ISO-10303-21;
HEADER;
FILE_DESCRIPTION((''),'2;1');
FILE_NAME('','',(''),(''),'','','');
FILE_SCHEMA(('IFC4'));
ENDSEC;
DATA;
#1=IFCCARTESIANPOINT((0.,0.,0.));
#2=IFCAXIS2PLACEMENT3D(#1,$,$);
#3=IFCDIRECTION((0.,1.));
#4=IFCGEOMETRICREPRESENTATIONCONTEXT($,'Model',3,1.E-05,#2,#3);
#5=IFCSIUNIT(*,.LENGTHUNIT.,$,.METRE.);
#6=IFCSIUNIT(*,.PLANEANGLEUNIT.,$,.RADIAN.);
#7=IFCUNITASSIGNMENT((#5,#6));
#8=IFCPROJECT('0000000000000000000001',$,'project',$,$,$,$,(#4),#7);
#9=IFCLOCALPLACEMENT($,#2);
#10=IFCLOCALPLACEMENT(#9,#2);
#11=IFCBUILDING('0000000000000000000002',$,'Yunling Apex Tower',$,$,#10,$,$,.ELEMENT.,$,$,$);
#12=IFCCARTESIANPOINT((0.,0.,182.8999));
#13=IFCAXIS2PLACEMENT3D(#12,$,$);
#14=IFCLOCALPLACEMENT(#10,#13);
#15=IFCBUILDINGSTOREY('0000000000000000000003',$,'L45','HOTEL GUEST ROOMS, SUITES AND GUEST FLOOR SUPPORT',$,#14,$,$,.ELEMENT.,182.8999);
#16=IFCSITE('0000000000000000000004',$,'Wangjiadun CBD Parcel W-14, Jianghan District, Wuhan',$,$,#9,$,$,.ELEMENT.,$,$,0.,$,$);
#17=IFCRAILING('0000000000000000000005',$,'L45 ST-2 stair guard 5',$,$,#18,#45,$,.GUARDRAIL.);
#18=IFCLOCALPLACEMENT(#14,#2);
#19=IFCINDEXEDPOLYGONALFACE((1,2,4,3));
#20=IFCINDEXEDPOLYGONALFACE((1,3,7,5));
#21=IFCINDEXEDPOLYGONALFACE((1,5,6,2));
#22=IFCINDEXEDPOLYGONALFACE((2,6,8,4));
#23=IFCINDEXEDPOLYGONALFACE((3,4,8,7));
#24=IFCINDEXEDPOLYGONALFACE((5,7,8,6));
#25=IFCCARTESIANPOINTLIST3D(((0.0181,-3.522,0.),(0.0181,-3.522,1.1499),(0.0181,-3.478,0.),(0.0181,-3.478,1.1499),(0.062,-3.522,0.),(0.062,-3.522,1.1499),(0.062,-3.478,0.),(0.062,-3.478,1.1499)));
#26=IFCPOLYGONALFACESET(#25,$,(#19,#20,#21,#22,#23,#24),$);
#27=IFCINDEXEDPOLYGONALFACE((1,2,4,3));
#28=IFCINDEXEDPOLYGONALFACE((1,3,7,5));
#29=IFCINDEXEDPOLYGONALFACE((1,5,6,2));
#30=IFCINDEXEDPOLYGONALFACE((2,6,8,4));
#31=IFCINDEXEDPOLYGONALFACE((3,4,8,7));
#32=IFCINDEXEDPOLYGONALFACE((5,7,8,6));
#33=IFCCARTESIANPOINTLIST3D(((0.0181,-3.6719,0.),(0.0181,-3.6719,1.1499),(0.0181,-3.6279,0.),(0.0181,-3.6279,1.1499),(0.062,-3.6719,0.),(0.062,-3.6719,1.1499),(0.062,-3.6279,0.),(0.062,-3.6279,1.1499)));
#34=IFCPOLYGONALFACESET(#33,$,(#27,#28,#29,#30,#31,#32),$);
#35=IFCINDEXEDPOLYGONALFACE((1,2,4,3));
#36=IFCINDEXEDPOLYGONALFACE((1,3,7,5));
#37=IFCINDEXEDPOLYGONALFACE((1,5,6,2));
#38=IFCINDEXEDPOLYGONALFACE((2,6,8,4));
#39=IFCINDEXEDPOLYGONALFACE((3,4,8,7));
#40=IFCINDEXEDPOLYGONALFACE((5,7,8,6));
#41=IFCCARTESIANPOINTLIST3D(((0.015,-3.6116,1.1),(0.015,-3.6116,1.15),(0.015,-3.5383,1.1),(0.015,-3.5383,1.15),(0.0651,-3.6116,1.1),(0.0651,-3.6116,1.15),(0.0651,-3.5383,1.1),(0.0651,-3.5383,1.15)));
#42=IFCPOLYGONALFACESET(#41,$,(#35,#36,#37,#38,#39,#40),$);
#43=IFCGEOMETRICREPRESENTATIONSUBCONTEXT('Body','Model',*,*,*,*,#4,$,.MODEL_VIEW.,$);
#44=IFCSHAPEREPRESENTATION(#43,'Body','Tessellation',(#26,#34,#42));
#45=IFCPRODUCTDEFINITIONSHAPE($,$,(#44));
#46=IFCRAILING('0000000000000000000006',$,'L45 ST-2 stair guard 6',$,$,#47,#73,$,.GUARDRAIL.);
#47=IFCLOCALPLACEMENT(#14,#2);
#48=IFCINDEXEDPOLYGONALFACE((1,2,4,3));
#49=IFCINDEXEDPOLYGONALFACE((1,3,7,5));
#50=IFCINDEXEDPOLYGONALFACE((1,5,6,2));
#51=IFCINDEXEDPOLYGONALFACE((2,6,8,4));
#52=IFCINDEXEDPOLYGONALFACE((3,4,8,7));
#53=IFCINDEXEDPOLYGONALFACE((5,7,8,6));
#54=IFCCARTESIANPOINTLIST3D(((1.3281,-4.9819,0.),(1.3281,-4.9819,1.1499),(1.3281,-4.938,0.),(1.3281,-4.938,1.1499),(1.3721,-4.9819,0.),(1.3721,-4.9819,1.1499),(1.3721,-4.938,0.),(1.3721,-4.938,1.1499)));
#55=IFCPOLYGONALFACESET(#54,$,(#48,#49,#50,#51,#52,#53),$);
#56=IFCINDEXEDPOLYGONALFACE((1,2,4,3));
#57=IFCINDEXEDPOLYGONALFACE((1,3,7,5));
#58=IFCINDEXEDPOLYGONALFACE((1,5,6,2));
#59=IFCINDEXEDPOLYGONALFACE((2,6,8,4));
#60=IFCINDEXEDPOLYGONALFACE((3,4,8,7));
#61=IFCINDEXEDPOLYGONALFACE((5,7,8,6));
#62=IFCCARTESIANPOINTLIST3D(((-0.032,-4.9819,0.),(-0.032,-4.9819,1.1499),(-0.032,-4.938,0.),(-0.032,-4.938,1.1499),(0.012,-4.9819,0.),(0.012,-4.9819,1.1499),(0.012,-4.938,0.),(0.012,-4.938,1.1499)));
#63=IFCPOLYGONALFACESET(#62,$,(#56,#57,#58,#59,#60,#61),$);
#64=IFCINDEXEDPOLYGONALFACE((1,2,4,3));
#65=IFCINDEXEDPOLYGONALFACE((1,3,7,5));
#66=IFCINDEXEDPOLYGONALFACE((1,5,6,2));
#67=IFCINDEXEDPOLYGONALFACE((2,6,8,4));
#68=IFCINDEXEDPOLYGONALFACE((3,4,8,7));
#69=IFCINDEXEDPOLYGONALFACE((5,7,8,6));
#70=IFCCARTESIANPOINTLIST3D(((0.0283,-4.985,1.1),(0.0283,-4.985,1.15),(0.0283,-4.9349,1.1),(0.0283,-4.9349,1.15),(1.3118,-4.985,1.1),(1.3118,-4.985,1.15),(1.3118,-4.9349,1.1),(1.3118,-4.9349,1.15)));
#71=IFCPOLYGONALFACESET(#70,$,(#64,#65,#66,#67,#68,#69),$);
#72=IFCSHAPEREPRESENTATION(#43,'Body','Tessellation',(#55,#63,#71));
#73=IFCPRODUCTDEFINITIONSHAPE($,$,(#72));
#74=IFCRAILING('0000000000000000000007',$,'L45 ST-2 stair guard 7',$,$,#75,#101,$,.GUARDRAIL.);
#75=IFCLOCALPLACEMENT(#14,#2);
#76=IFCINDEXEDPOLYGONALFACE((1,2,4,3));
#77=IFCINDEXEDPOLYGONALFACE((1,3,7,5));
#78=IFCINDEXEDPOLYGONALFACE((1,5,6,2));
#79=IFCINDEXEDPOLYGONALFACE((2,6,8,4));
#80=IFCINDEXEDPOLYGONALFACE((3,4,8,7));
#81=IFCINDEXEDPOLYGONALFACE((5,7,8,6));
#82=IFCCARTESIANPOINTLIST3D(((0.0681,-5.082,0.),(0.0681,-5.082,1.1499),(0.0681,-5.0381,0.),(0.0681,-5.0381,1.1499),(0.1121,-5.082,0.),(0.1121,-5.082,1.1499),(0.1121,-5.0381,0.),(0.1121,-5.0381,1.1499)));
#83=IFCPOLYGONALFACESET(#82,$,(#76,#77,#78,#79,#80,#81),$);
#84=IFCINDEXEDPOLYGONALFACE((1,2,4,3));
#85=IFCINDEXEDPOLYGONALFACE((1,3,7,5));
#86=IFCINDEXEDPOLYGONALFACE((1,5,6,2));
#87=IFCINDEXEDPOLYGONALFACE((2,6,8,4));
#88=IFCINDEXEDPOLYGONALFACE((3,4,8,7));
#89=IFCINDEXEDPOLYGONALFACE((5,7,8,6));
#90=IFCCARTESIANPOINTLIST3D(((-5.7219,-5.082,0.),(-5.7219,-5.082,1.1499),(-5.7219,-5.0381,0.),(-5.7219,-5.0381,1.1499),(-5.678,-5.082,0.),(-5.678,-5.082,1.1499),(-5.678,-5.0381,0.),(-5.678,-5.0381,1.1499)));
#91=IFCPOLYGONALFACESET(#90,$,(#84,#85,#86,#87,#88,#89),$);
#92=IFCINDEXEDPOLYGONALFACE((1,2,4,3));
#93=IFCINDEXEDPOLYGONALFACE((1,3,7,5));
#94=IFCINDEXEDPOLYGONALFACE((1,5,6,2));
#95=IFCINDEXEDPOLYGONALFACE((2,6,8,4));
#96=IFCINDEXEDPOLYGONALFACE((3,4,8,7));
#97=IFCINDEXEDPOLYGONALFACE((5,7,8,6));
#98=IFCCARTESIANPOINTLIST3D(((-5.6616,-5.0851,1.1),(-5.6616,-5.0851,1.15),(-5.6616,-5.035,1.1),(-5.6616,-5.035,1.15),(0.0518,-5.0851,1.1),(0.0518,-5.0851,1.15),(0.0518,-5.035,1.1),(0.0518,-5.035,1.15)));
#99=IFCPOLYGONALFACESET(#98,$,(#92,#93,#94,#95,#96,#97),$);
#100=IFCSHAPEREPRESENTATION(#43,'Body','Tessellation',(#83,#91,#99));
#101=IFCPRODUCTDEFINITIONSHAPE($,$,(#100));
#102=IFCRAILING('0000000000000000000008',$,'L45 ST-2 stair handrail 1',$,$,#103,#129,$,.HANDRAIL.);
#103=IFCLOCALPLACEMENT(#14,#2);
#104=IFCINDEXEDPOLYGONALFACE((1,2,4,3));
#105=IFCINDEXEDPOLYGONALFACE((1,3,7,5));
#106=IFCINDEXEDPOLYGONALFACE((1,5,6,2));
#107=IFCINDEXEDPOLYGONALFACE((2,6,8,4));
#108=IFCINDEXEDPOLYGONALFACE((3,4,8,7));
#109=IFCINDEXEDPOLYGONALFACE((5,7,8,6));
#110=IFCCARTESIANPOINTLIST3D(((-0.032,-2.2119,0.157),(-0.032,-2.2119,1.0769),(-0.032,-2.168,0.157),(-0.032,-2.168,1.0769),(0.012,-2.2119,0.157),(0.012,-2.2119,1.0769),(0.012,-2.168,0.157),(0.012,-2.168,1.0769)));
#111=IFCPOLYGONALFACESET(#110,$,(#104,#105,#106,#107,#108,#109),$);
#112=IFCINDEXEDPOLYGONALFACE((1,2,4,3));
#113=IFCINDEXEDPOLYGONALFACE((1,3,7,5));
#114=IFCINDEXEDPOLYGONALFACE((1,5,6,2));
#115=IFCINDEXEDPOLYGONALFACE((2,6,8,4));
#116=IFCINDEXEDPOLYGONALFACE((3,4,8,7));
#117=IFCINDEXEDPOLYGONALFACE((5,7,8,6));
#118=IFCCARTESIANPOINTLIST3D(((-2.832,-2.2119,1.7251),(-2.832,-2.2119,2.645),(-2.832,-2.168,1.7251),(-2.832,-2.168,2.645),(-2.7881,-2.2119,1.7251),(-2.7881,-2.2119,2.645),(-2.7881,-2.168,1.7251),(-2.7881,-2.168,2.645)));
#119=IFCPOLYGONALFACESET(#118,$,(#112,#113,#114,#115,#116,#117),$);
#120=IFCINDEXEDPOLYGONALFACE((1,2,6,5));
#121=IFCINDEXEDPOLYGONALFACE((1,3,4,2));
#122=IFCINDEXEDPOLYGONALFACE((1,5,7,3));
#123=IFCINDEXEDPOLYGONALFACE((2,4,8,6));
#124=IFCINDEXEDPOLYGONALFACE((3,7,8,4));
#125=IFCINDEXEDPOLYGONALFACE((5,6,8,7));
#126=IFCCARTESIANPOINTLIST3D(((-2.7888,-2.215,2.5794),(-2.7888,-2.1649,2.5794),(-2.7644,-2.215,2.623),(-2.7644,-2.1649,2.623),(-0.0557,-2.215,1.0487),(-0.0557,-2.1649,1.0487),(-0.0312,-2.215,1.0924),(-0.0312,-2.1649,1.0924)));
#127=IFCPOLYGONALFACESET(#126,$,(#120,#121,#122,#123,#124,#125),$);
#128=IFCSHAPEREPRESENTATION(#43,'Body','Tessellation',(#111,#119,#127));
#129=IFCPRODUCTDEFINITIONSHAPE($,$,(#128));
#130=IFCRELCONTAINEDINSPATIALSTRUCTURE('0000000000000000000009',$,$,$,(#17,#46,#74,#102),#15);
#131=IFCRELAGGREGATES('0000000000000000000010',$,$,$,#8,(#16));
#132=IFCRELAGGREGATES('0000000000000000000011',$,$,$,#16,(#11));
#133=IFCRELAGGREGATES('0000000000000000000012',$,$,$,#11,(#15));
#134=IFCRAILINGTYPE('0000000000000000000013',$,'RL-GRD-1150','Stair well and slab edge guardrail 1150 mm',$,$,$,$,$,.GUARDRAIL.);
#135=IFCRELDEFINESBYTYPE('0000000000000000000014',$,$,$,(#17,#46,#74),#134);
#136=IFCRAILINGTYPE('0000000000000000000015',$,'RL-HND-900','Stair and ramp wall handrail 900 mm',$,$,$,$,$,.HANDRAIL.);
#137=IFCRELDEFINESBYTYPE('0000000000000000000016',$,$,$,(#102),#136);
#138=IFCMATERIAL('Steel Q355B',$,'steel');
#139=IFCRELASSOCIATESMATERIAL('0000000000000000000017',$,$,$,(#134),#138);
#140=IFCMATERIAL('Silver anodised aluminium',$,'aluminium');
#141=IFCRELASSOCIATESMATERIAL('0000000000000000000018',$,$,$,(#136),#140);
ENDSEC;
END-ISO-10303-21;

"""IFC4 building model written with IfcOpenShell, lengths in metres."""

from ifc_helpers import new_model, si_unit, direction, frame, origin, origin_2d, place, context, subcontext, project, spatial, rectangle, extrude, material, type_object, element, save


model = new_model("IFC4")

# Units and contexts
model_context = context("Model", 3, precision=1e-05, world=origin(), true_north=direction((0.0, 1.0)))
body_context = subcontext(model_context, "Body", "Model", "MODEL_VIEW")
ifc_project = project(units=[si_unit("LENGTHUNIT", "METRE"), si_unit("PLANEANGLEUNIT", "RADIAN")], contexts=[model_context])

# Site, building, storey
site_placement = place(None, origin())
site = spatial("IfcSite", under=ifc_project, at=site_placement, Name="Wangjiadun CBD Parcel W-14, Jianghan District, Wuhan", CompositionType="ELEMENT", RefElevation=0.0)
building_placement = place(site_placement, origin())
building = spatial("IfcBuilding", under=site, at=building_placement, Name="Yunling Apex Tower", CompositionType="ELEMENT")
storey_placement = place(building_placement, frame((0.0, 0.0, 182.8999)))
storey = spatial("IfcBuildingStorey", under=building, at=storey_placement, Name="L45", Description="HOTEL GUEST ROOMS, SUITES AND GUEST FLOOR SUPPORT", CompositionType="ELEMENT", Elevation=182.8999)

# Shared definitions
ifc_material_1 = material(Name="Steel Q355B", Category="steel")

# Railings
railing_type_1 = type_object("IfcRailingType", Name="RL-GRD-1150", Description="Stair well and slab edge guardrail 1150 mm", PredefinedType="GUARDRAIL", material=ifc_material_1)
railing_1_placement = place(storey_placement, frame((0.04, -3.5, 0.0)))
element("IfcRailing", 1, at=railing_1_placement, inside=storey, type_object=railing_type_1, Name="L45 ST-2 stair guard 5", PredefinedType="GUARDRAIL", context=body_context, shape_type="SweptSolid", body=[
    extrude(rectangle(XDim=0.0439, YDim=0.0439, at=origin_2d()), origin(), (0.0, 0.0, 1.0), 1.1499),
    extrude(rectangle(XDim=0.0439, YDim=0.0439, at=origin_2d()), frame((0.0, -0.1499, 0.0)), (0.0, 0.0, 1.0), 1.1499),
    extrude(rectangle(XDim=0.05, YDim=0.05, at=origin_2d()), frame((0.0, -0.0383, 1.125), z_axis=(0.0, -1.0, 0.0), x_axis=(1.0, 0.0, 0.0)), (0.0, 0.0, 1.0), 0.0732),
])
railing_2_placement = place(storey_placement, frame((1.3501, -4.96, 0.0)))
element("IfcRailing", 2, at=railing_2_placement, inside=storey, type_object=railing_type_1, Name="L45 ST-2 stair guard 6", PredefinedType="GUARDRAIL", context=body_context, shape_type="SweptSolid", body=[
    extrude(rectangle(XDim=0.0439, YDim=0.0439, at=origin_2d()), origin(), (0.0, 0.0, 1.0), 1.1499),
    extrude(rectangle(XDim=0.0439, YDim=0.0439, at=origin_2d()), frame((-1.3601, 0.0, 0.0)), (0.0, 0.0, 1.0), 1.1499),
    extrude(rectangle(XDim=0.05, YDim=0.05, at=origin_2d()), frame((-0.0383, 0.0, 1.125), z_axis=(-1.0, 0.0, 0.0), x_axis=(0.0, -1.0, 0.0)), (0.0, 0.0, 1.0), 1.2834),
])
railing_3_placement = place(storey_placement, frame((0.0901, -5.0601, 0.0)))
element("IfcRailing", 3, at=railing_3_placement, inside=storey, type_object=railing_type_1, Name="L45 ST-2 stair guard 7", PredefinedType="GUARDRAIL", context=body_context, shape_type="SweptSolid", body=[
    extrude(rectangle(XDim=0.0439, YDim=0.0439, at=origin_2d()), origin(), (0.0, 0.0, 1.0), 1.1499),
    extrude(rectangle(XDim=0.0439, YDim=0.0439, at=origin_2d()), frame((-5.79, 0.0, 0.0)), (0.0, 0.0, 1.0), 1.1499),
    extrude(rectangle(XDim=0.05, YDim=0.05, at=origin_2d()), frame((-0.0383, 0.0, 1.125), z_axis=(-1.0, 0.0, 0.0), x_axis=(0.0, -1.0, 0.0)), (0.0, 0.0, 1.0), 5.7134),
])
ifc_material_2 = material(Name="Silver anodised aluminium", Category="aluminium")
railing_type_2 = type_object("IfcRailingType", Name="RL-HND-900", Description="Stair and ramp wall handrail 900 mm", PredefinedType="HANDRAIL", material=ifc_material_2)
railing_4_placement = place(storey_placement, frame((-0.01, -2.1899, 0.157)))
element("IfcRailing", 4, at=railing_4_placement, inside=storey, type_object=railing_type_2, Name="L45 ST-2 stair handrail 1", PredefinedType="HANDRAIL", context=body_context, shape_type="SweptSolid", body=[
    extrude(rectangle(XDim=0.0439, YDim=0.0439, at=origin_2d()), origin(), (0.0, 0.0, 1.0), 0.9199),
    extrude(rectangle(XDim=0.0439, YDim=0.0439, at=origin_2d()), frame((-2.8, 0.0, 1.5681)), (0.0, 0.0, 1.0), 0.9199),
    extrude(rectangle(XDim=0.05, YDim=0.05, at=origin_2d()), frame((-0.0334, 0.0, 0.9136), z_axis=(-0.872494, 0.0, 0.488624), x_axis=(0.0, -1.0, 0.0)), (0.0, 0.0, 1.0), 3.1326),
])

save(model, "model.ifc")
